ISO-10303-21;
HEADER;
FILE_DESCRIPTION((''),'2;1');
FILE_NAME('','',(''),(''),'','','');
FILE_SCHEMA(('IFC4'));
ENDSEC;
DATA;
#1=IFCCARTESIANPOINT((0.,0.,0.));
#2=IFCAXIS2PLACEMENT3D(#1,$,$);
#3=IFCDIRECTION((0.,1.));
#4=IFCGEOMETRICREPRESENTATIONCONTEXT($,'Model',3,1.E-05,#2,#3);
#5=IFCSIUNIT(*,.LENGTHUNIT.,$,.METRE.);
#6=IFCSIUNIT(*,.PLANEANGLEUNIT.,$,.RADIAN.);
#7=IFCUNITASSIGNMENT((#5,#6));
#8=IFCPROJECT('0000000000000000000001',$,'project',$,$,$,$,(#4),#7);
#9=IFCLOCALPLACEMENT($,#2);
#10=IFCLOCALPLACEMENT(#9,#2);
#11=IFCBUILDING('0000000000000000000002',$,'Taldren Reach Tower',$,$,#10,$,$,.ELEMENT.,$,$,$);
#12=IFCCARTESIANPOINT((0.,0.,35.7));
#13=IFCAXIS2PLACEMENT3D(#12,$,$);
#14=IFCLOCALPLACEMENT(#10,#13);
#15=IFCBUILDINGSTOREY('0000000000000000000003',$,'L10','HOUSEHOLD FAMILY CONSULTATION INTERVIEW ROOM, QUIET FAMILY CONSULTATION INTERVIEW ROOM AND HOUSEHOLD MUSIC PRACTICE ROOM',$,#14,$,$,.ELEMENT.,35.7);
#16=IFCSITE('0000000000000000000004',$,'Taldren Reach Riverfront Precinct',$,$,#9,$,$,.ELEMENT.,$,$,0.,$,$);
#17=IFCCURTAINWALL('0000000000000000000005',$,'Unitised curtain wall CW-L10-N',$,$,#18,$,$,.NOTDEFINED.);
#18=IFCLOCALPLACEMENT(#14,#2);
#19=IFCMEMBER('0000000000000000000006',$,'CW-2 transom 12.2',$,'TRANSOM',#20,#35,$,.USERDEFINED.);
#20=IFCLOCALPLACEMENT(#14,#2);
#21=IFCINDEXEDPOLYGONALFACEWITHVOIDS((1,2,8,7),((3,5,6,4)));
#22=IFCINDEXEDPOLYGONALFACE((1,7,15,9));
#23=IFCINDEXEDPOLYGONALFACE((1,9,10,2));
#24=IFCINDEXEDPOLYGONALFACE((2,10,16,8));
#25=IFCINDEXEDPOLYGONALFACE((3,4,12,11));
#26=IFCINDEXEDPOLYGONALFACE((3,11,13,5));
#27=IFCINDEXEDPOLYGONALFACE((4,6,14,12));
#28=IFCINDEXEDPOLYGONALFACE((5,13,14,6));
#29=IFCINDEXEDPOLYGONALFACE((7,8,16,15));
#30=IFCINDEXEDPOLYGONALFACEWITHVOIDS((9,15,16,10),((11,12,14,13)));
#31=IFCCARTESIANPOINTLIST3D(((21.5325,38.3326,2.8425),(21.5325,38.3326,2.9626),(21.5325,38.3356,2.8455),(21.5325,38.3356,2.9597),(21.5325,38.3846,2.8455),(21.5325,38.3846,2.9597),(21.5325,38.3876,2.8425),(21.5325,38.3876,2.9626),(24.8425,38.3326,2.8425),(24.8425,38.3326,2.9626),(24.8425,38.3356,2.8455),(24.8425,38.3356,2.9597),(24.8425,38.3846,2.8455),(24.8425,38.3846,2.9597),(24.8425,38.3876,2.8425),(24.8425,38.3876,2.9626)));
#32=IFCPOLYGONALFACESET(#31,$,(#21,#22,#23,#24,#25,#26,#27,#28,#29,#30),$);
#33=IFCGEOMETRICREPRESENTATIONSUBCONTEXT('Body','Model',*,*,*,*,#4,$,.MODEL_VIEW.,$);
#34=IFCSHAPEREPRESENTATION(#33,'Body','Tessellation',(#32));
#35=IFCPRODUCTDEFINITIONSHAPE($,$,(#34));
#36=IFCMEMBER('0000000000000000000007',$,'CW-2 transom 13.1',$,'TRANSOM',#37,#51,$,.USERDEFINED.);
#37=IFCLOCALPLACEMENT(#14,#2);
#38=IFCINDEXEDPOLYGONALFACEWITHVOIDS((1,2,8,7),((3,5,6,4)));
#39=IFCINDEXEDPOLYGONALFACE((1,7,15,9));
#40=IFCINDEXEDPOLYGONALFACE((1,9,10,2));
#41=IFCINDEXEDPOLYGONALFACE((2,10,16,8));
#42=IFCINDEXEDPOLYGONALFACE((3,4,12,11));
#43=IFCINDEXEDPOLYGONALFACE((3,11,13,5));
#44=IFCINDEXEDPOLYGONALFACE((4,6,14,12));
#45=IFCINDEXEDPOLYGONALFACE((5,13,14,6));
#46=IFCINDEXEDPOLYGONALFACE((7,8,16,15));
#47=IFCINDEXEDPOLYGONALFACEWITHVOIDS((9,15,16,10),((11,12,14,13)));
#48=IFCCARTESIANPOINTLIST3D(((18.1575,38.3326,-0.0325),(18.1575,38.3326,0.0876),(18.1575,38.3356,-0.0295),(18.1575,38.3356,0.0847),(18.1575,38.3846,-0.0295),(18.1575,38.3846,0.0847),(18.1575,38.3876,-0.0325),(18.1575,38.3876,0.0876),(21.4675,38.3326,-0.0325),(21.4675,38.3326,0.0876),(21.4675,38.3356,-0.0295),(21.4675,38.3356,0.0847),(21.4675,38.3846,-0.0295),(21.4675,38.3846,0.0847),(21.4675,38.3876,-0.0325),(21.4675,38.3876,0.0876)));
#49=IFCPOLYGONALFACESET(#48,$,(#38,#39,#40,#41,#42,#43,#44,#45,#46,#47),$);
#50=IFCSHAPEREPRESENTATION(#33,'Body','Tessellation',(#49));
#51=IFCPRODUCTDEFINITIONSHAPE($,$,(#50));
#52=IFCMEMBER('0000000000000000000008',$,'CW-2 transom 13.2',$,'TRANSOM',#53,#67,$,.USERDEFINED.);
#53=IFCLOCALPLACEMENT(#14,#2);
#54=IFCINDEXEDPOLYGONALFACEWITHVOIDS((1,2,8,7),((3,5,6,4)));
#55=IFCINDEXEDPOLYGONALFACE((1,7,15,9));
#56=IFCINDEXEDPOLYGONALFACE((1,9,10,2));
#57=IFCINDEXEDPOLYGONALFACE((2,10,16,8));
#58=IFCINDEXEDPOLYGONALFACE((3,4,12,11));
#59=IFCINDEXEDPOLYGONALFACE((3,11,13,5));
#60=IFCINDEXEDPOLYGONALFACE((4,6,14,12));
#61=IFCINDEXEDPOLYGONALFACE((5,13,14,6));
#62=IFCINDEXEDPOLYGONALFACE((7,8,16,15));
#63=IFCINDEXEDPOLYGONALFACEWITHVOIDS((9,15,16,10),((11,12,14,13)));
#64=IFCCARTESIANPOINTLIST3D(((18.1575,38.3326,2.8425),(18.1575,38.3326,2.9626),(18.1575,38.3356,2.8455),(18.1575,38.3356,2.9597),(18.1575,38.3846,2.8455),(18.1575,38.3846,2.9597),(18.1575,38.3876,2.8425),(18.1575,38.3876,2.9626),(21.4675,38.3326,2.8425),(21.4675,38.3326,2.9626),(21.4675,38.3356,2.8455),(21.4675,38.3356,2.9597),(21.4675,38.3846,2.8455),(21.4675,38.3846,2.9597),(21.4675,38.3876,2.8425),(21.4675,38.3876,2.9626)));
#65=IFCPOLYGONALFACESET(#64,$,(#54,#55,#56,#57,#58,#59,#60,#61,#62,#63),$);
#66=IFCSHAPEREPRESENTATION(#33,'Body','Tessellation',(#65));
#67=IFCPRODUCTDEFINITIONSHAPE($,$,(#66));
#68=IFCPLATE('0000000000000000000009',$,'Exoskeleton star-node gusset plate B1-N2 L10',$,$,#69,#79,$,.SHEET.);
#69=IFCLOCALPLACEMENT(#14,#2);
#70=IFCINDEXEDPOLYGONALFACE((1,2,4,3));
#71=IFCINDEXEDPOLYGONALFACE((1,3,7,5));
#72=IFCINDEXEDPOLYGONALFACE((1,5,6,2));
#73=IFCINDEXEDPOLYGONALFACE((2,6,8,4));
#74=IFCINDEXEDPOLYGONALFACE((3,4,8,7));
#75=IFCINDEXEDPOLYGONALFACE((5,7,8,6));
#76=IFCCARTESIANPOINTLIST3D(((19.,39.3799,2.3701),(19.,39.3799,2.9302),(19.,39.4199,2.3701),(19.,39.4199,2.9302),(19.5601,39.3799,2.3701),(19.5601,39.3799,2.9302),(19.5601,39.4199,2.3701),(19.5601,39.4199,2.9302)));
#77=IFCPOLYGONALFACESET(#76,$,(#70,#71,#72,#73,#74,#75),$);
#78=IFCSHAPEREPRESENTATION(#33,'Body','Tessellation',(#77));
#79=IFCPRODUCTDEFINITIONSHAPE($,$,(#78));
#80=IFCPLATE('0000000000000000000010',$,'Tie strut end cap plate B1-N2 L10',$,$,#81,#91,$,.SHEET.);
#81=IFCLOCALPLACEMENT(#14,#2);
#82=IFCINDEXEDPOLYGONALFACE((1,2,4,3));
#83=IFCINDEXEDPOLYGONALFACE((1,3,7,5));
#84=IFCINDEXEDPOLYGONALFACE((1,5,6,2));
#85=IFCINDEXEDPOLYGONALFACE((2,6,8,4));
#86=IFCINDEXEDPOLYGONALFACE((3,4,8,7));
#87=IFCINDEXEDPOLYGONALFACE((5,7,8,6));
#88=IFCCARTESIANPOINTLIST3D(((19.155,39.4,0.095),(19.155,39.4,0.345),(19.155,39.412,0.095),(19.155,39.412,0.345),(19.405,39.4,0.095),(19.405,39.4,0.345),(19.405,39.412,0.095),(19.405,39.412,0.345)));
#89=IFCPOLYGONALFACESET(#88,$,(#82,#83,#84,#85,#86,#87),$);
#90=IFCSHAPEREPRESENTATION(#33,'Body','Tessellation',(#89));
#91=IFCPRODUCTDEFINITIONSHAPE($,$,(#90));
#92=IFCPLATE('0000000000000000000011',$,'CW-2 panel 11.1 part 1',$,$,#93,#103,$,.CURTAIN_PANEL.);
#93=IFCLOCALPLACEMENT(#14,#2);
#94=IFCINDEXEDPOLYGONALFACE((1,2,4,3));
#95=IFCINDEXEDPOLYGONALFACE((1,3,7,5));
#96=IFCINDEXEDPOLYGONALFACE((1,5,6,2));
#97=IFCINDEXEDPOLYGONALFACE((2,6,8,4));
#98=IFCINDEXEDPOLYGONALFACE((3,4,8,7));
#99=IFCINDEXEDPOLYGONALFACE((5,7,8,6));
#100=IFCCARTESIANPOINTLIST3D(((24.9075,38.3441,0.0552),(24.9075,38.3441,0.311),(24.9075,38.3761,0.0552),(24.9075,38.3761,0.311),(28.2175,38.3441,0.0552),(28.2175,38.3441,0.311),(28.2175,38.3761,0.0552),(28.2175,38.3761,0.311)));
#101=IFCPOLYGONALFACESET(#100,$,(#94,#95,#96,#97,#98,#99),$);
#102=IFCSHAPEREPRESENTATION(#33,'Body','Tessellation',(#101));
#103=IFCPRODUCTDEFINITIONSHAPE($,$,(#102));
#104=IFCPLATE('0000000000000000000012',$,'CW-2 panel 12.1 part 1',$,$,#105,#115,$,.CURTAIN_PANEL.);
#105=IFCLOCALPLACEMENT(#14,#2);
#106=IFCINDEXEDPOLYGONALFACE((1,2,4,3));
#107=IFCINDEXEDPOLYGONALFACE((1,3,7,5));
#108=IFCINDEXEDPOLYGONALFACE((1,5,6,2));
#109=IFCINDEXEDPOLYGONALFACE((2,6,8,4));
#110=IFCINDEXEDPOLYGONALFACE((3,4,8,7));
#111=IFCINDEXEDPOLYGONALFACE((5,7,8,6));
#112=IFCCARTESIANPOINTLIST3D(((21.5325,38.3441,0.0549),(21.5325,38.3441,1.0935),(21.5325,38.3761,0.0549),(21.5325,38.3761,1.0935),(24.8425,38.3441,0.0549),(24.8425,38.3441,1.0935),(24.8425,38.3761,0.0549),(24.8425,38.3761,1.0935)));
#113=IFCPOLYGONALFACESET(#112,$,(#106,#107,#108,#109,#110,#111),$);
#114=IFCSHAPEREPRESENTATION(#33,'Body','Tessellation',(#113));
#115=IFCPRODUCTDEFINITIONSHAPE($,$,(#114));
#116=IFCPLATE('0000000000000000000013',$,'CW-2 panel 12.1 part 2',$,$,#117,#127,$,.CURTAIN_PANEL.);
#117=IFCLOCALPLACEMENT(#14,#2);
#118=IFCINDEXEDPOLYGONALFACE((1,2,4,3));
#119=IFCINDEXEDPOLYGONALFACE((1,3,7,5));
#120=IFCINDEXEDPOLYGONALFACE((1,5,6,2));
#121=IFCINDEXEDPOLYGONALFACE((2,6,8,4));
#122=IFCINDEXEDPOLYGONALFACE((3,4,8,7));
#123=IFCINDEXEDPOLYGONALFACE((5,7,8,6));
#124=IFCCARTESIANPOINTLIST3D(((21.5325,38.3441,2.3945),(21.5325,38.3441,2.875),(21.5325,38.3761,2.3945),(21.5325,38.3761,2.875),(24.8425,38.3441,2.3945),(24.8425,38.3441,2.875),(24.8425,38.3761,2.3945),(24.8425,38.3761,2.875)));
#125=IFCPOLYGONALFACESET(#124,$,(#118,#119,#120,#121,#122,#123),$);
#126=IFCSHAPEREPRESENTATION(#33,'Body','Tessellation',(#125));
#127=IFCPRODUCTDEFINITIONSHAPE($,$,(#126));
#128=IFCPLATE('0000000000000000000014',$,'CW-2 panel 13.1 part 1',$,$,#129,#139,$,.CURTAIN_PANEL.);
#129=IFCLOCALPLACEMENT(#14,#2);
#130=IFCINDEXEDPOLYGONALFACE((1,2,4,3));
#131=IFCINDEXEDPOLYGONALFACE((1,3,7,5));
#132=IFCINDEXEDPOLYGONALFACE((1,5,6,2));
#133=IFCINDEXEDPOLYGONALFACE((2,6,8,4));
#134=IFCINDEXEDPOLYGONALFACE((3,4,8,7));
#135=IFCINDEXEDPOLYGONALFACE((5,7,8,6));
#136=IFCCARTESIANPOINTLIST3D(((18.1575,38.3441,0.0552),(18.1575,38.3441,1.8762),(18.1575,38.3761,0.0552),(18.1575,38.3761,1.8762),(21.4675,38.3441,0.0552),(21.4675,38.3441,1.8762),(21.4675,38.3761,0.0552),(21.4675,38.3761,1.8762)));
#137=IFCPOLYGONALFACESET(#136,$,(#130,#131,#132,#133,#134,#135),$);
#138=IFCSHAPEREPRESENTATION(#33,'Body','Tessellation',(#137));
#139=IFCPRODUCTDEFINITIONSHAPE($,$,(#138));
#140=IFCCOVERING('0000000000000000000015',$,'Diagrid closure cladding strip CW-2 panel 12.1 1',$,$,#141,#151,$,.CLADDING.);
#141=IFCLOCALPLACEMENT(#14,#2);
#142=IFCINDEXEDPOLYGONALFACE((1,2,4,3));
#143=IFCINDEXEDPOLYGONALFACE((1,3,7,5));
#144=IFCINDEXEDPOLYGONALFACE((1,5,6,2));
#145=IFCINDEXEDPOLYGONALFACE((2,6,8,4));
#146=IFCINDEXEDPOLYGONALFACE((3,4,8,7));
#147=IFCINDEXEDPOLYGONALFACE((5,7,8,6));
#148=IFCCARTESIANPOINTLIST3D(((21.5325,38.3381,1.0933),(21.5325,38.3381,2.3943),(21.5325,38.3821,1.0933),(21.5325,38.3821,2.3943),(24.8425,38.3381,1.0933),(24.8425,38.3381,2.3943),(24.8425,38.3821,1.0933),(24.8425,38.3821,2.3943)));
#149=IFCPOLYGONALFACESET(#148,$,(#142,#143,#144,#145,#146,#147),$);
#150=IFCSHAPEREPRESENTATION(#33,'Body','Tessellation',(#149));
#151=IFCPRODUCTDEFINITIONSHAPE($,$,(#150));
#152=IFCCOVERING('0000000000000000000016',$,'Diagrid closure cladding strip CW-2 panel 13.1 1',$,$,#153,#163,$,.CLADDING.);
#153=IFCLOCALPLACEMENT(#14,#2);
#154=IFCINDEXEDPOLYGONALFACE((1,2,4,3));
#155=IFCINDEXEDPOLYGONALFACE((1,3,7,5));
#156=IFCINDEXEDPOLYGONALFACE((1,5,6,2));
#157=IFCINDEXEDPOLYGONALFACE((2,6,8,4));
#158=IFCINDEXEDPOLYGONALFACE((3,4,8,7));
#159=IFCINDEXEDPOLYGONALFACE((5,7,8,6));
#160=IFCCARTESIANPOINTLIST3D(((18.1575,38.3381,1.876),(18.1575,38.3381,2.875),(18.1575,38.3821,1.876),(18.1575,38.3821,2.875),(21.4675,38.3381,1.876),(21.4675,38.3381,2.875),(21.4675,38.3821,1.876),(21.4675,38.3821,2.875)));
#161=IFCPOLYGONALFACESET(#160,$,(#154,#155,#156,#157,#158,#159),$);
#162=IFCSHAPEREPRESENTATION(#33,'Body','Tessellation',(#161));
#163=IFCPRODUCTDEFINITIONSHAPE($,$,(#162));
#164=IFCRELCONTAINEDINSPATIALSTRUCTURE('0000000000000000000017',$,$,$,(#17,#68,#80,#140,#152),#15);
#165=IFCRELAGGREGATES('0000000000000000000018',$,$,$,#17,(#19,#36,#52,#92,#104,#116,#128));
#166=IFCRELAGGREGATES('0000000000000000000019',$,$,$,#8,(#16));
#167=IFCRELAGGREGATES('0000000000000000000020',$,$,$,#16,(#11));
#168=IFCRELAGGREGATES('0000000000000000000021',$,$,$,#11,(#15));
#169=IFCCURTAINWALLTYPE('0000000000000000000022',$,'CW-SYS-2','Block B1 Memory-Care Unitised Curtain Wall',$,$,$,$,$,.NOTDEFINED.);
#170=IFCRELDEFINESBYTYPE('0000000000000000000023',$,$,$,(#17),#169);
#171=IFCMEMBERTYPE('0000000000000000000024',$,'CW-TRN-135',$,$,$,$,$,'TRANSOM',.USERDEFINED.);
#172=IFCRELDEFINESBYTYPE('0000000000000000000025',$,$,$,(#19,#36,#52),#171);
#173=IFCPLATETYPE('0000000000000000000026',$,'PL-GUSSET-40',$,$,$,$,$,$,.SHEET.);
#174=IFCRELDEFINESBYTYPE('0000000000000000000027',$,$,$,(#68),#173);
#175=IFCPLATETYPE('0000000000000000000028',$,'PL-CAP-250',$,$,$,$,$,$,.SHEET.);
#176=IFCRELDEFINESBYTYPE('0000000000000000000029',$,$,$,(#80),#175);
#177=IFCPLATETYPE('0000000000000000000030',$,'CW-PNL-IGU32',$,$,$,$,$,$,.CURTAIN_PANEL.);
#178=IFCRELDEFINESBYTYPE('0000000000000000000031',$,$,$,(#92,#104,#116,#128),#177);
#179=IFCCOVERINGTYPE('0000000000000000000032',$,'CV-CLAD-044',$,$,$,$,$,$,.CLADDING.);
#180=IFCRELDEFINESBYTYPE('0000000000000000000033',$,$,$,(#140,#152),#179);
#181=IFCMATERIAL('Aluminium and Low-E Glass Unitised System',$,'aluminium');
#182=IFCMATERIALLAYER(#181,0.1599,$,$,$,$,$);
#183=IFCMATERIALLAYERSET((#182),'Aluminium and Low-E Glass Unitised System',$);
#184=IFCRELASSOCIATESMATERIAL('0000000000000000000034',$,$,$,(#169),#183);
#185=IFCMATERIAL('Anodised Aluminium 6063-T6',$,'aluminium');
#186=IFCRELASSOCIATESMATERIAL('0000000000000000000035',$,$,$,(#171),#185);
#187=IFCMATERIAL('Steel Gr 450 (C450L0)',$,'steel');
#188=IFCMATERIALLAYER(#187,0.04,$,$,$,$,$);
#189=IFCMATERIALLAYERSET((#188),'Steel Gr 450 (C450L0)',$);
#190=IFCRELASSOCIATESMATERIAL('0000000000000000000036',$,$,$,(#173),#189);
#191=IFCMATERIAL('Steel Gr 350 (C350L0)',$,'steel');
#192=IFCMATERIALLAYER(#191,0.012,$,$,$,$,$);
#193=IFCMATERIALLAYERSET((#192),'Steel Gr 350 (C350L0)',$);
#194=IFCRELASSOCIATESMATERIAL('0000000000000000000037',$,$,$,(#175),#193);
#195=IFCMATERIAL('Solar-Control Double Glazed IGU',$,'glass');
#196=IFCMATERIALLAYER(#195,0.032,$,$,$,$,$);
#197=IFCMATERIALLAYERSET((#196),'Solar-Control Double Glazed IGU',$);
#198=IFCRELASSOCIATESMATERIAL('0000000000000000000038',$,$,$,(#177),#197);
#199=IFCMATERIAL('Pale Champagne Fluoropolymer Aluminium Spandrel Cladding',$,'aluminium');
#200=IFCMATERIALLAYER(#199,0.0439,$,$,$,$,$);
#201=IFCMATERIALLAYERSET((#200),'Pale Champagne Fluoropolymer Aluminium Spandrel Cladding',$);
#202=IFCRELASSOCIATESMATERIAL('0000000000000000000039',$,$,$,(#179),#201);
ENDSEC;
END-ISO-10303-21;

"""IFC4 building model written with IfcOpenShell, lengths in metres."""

from ifc_helpers import new_model, si_unit, direction, frame, origin, origin_2d, place, context, subcontext, project, spatial, rectangle, hollow_rectangle, extrude, source, transform, mapped, material, layer, layer_set, material_profile, profile_set, type_object, element, aggregate, save


model = new_model("IFC4")

# Units and contexts
model_context = context("Model", 3, precision=1e-05, world=origin(), true_north=direction((0.0, 1.0)))
body_context = subcontext(model_context, "Body", "Model", "MODEL_VIEW")
ifc_project = project(units=[si_unit("LENGTHUNIT", "METRE"), si_unit("PLANEANGLEUNIT", "RADIAN")], contexts=[model_context])

# Site, building, storey
site_placement = place(None, origin())
site = spatial("IfcSite", under=ifc_project, at=site_placement, Name="Taldren Reach Riverfront Precinct", CompositionType="ELEMENT", RefElevation=0.0)
building_placement = place(site_placement, origin())
building = spatial("IfcBuilding", under=site, at=building_placement, Name="Taldren Reach Tower", CompositionType="ELEMENT")
storey_placement = place(building_placement, frame((0.0, 0.0, 35.7)))
storey = spatial("IfcBuildingStorey", under=building, at=storey_placement, Name="L10", Description="HOUSEHOLD FAMILY CONSULTATION INTERVIEW ROOM, QUIET FAMILY CONSULTATION INTERVIEW ROOM AND HOUSEHOLD MUSIC PRACTICE ROOM", CompositionType="ELEMENT", Elevation=35.7)

# Shared definitions
ifc_material_1 = material(Name="Steel Gr 450 (C450L0)", Category="steel")
ifc_material_2 = material(Name="Steel Gr 350 (C350L0)", Category="steel")

# Curtain wall, members
ifc_material_3 = material(Name="Aluminium and Low-E Glass Unitised System", Category="aluminium")
ifc_layer_1 = layer(ifc_material_3, 0.1599)
ifc_layer_set_1 = layer_set([ifc_layer_1], Name="Aluminium and Low-E Glass Unitised System")
curtain_wall_type = type_object("IfcCurtainWallType", Name="CW-SYS-2", Description="Block B1 Memory-Care Unitised Curtain Wall", PredefinedType="NOTDEFINED", material=ifc_layer_set_1)
curtain_wall_placement = place(storey_placement, origin())
curtain_wall = element("IfcCurtainWall", 1, at=curtain_wall_placement, inside=storey, type_object=curtain_wall_type, Name="Unitised curtain wall CW-L10-N", PredefinedType="NOTDEFINED")
ifc_material_4 = material(Name="Anodised Aluminium 6063-T6", Category="aluminium")
ifc_material_profile_1 = material_profile(ifc_material_4, hollow_rectangle(XDim=0.0549, YDim=0.1201, WallThickness=0.0029, at=origin_2d()), Name="ALU-120x55x3RHS")
ifc_profile_set_1 = profile_set([ifc_material_profile_1], Name="Anodised Aluminium 6063-T6")
member_type_1 = type_object("IfcMemberType", Name="CW-TRN-135", ElementType="TRANSOM", PredefinedType="USERDEFINED", material=ifc_profile_set_1)
shared_shape_1 = source(origin(), body_context, "Body", "SweptSolid", [
    extrude(hollow_rectangle(XDim=0.0549, YDim=0.1201, WallThickness=0.0029, at=origin_2d()), origin(), (0.0, 0.0, 1.0), 3.3101),
])
member_1_placement = place(storey_placement, frame((24.8425, 38.3601, 2.9026), z_axis=(-1.0, 0.0, 0.0), x_axis=(0.0, -1.0, 0.0)))
member_1 = element("IfcMember", 2, at=member_1_placement, type_object=member_type_1, Name="CW-2 transom 12.2", ObjectType="TRANSOM", PredefinedType="USERDEFINED", context=body_context, shape_type="MappedRepresentation", body=[
    mapped(shared_shape_1, transform((0.0, 0.0, 0.0), scale=1.0)),
])
member_2_placement = place(storey_placement, frame((21.4675, 38.3601, 0.0276), z_axis=(-1.0, 0.0, 0.0), x_axis=(0.0, -1.0, 0.0)))
member_2 = element("IfcMember", 3, at=member_2_placement, type_object=member_type_1, Name="CW-2 transom 13.1", ObjectType="TRANSOM", PredefinedType="USERDEFINED", context=body_context, shape_type="MappedRepresentation", body=[
    mapped(shared_shape_1, transform((0.0, 0.0, 0.0), scale=1.0)),
])
member_3_placement = place(storey_placement, frame((21.4675, 38.3601, 2.9026), z_axis=(-1.0, 0.0, 0.0), x_axis=(0.0, -1.0, 0.0)))
member_3 = element("IfcMember", 4, at=member_3_placement, type_object=member_type_1, Name="CW-2 transom 13.2", ObjectType="TRANSOM", PredefinedType="USERDEFINED", context=body_context, shape_type="MappedRepresentation", body=[
    mapped(shared_shape_1, transform((0.0, 0.0, 0.0), scale=1.0)),
])

# Plates
ifc_layer_2 = layer(ifc_material_1, 0.04)
ifc_layer_set_2 = layer_set([ifc_layer_2], Name="Steel Gr 450 (C450L0)")
plate_type_1 = type_object("IfcPlateType", Name="PL-GUSSET-40", PredefinedType="SHEET", material=ifc_layer_set_2)
shared_shape_2 = source(origin(), body_context, "Body", "SweptSolid", [
    extrude(rectangle(XDim=0.5601, YDim=0.04, at=origin_2d()), origin(), (0.0, 0.0, 1.0), 0.5601),
])
plate_1_placement = place(storey_placement, frame((19.28, 39.3999, 2.3701), z_axis=(0.0, 0.0, 1.0), x_axis=(1.0, 0.0, 0.0)))
element("IfcPlate", 5, at=plate_1_placement, inside=storey, type_object=plate_type_1, Name="Exoskeleton star-node gusset plate B1-N2 L10", PredefinedType="SHEET", context=body_context, shape_type="MappedRepresentation", body=[
    mapped(shared_shape_2, transform((0.0, 0.0, 0.0), scale=1.0)),
])
ifc_layer_3 = layer(ifc_material_2, 0.012)
ifc_layer_set_3 = layer_set([ifc_layer_3], Name="Steel Gr 350 (C350L0)")
plate_type_2 = type_object("IfcPlateType", Name="PL-CAP-250", PredefinedType="SHEET", material=ifc_layer_set_3)
shared_shape_3 = source(origin(), body_context, "Body", "SweptSolid", [
    extrude(rectangle(XDim=0.25, YDim=0.012, at=origin_2d()), origin(), (0.0, 0.0, 1.0), 0.25),
])
plate_2_placement = place(storey_placement, frame((19.28, 39.406, 0.095), z_axis=(0.0, 0.0, 1.0), x_axis=(1.0, 0.0, 0.0)))
element("IfcPlate", 6, at=plate_2_placement, inside=storey, type_object=plate_type_2, Name="Tie strut end cap plate B1-N2 L10", PredefinedType="SHEET", context=body_context, shape_type="MappedRepresentation", body=[
    mapped(shared_shape_3, transform((0.0, 0.0, 0.0), scale=1.0)),
])

# Plates
ifc_material_5 = material(Name="Solar-Control Double Glazed IGU", Category="glass")
ifc_layer_4 = layer(ifc_material_5, 0.032)
ifc_layer_set_4 = layer_set([ifc_layer_4], Name="Solar-Control Double Glazed IGU")
plate_type_3 = type_object("IfcPlateType", Name="CW-PNL-IGU32", PredefinedType="CURTAIN_PANEL", material=ifc_layer_set_4)
shared_shape_4 = source(origin(), body_context, "Body", "SweptSolid", [
    extrude(rectangle(XDim=3.3101, YDim=0.032, at=origin_2d()), origin(), (0.0, 0.0, 1.0), 0.2559),
])
plate_3_placement = place(storey_placement, frame((26.5625, 38.3601, 0.0552), z_axis=(0.0, 0.0, 1.0), x_axis=(-1.0, 0.0, 0.0)))
plate_3 = element("IfcPlate", 7, at=plate_3_placement, type_object=plate_type_3, Name="CW-2 panel 11.1 part 1", PredefinedType="CURTAIN_PANEL", context=body_context, shape_type="MappedRepresentation", body=[
    mapped(shared_shape_4, transform((0.0, 0.0, 0.0), scale=1.0)),
])
shared_shape_5 = source(origin(), body_context, "Body", "SweptSolid", [
    extrude(rectangle(XDim=3.3101, YDim=0.032, at=origin_2d()), origin(), (0.0, 0.0, 1.0), 1.0386),
])
plate_4_placement = place(storey_placement, frame((23.1875, 38.3601, 0.0549), z_axis=(0.0, 0.0, 1.0), x_axis=(-1.0, 0.0, 0.0)))
plate_4 = element("IfcPlate", 8, at=plate_4_placement, type_object=plate_type_3, Name="CW-2 panel 12.1 part 1", PredefinedType="CURTAIN_PANEL", context=body_context, shape_type="MappedRepresentation", body=[
    mapped(shared_shape_5, transform((0.0, 0.0, 0.0), scale=1.0)),
])
shared_shape_6 = source(origin(), body_context, "Body", "SweptSolid", [
    extrude(rectangle(XDim=3.3101, YDim=0.032, at=origin_2d()), origin(), (0.0, 0.0, 1.0), 0.4805),
])
plate_5_placement = place(storey_placement, frame((23.1875, 38.3601, 2.3945), z_axis=(0.0, 0.0, 1.0), x_axis=(-1.0, 0.0, 0.0)))
plate_5 = element("IfcPlate", 9, at=plate_5_placement, type_object=plate_type_3, Name="CW-2 panel 12.1 part 2", PredefinedType="CURTAIN_PANEL", context=body_context, shape_type="MappedRepresentation", body=[
    mapped(shared_shape_6, transform((0.0, 0.0, 0.0), scale=1.0)),
])
shared_shape_7 = source(origin(), body_context, "Body", "SweptSolid", [
    extrude(rectangle(XDim=3.3101, YDim=0.032, at=origin_2d()), origin(), (0.0, 0.0, 1.0), 1.821),
])
plate_6_placement = place(storey_placement, frame((19.8125, 38.3601, 0.0552), z_axis=(0.0, 0.0, 1.0), x_axis=(-1.0, 0.0, 0.0)))
plate_6 = element("IfcPlate", 10, at=plate_6_placement, type_object=plate_type_3, Name="CW-2 panel 13.1 part 1", PredefinedType="CURTAIN_PANEL", context=body_context, shape_type="MappedRepresentation", body=[
    mapped(shared_shape_7, transform((0.0, 0.0, 0.0), scale=1.0)),
])
aggregate(curtain_wall, [member_1, member_2, member_3, plate_3, plate_4, plate_5, plate_6])

# Coverings
ifc_material_6 = material(Name="Pale Champagne Fluoropolymer Aluminium Spandrel Cladding", Category="aluminium")
ifc_layer_5 = layer(ifc_material_6, 0.0439)
ifc_layer_set_5 = layer_set([ifc_layer_5], Name="Pale Champagne Fluoropolymer Aluminium Spandrel Cladding")
covering_type = type_object("IfcCoveringType", Name="CV-CLAD-044", PredefinedType="CLADDING", material=ifc_layer_set_5)
shared_shape_8 = source(origin(), body_context, "Body", "SweptSolid", [
    extrude(rectangle(XDim=3.3101, YDim=0.0439, at=origin_2d()), origin(), (0.0, 0.0, 1.0), 1.301),
])
covering_1_placement = place(storey_placement, frame((23.1875, 38.3601, 1.0933), z_axis=(0.0, 0.0, 1.0), x_axis=(-1.0, 0.0, 0.0)))
element("IfcCovering", 11, at=covering_1_placement, inside=storey, type_object=covering_type, Name="Diagrid closure cladding strip CW-2 panel 12.1 1", PredefinedType="CLADDING", context=body_context, shape_type="MappedRepresentation", body=[
    mapped(shared_shape_8, transform((0.0, 0.0, 0.0), scale=1.0)),
])
shared_shape_9 = source(origin(), body_context, "Body", "SweptSolid", [
    extrude(rectangle(XDim=3.3101, YDim=0.0439, at=origin_2d()), origin(), (0.0, 0.0, 1.0), 0.999),
])
covering_2_placement = place(storey_placement, frame((19.8125, 38.3601, 1.876), z_axis=(0.0, 0.0, 1.0), x_axis=(-1.0, 0.0, 0.0)))
element("IfcCovering", 12, at=covering_2_placement, inside=storey, type_object=covering_type, Name="Diagrid closure cladding strip CW-2 panel 13.1 1", PredefinedType="CLADDING", context=body_context, shape_type="MappedRepresentation", body=[
    mapped(shared_shape_9, transform((0.0, 0.0, 0.0), scale=1.0)),
])

save(model, "model.ifc")
